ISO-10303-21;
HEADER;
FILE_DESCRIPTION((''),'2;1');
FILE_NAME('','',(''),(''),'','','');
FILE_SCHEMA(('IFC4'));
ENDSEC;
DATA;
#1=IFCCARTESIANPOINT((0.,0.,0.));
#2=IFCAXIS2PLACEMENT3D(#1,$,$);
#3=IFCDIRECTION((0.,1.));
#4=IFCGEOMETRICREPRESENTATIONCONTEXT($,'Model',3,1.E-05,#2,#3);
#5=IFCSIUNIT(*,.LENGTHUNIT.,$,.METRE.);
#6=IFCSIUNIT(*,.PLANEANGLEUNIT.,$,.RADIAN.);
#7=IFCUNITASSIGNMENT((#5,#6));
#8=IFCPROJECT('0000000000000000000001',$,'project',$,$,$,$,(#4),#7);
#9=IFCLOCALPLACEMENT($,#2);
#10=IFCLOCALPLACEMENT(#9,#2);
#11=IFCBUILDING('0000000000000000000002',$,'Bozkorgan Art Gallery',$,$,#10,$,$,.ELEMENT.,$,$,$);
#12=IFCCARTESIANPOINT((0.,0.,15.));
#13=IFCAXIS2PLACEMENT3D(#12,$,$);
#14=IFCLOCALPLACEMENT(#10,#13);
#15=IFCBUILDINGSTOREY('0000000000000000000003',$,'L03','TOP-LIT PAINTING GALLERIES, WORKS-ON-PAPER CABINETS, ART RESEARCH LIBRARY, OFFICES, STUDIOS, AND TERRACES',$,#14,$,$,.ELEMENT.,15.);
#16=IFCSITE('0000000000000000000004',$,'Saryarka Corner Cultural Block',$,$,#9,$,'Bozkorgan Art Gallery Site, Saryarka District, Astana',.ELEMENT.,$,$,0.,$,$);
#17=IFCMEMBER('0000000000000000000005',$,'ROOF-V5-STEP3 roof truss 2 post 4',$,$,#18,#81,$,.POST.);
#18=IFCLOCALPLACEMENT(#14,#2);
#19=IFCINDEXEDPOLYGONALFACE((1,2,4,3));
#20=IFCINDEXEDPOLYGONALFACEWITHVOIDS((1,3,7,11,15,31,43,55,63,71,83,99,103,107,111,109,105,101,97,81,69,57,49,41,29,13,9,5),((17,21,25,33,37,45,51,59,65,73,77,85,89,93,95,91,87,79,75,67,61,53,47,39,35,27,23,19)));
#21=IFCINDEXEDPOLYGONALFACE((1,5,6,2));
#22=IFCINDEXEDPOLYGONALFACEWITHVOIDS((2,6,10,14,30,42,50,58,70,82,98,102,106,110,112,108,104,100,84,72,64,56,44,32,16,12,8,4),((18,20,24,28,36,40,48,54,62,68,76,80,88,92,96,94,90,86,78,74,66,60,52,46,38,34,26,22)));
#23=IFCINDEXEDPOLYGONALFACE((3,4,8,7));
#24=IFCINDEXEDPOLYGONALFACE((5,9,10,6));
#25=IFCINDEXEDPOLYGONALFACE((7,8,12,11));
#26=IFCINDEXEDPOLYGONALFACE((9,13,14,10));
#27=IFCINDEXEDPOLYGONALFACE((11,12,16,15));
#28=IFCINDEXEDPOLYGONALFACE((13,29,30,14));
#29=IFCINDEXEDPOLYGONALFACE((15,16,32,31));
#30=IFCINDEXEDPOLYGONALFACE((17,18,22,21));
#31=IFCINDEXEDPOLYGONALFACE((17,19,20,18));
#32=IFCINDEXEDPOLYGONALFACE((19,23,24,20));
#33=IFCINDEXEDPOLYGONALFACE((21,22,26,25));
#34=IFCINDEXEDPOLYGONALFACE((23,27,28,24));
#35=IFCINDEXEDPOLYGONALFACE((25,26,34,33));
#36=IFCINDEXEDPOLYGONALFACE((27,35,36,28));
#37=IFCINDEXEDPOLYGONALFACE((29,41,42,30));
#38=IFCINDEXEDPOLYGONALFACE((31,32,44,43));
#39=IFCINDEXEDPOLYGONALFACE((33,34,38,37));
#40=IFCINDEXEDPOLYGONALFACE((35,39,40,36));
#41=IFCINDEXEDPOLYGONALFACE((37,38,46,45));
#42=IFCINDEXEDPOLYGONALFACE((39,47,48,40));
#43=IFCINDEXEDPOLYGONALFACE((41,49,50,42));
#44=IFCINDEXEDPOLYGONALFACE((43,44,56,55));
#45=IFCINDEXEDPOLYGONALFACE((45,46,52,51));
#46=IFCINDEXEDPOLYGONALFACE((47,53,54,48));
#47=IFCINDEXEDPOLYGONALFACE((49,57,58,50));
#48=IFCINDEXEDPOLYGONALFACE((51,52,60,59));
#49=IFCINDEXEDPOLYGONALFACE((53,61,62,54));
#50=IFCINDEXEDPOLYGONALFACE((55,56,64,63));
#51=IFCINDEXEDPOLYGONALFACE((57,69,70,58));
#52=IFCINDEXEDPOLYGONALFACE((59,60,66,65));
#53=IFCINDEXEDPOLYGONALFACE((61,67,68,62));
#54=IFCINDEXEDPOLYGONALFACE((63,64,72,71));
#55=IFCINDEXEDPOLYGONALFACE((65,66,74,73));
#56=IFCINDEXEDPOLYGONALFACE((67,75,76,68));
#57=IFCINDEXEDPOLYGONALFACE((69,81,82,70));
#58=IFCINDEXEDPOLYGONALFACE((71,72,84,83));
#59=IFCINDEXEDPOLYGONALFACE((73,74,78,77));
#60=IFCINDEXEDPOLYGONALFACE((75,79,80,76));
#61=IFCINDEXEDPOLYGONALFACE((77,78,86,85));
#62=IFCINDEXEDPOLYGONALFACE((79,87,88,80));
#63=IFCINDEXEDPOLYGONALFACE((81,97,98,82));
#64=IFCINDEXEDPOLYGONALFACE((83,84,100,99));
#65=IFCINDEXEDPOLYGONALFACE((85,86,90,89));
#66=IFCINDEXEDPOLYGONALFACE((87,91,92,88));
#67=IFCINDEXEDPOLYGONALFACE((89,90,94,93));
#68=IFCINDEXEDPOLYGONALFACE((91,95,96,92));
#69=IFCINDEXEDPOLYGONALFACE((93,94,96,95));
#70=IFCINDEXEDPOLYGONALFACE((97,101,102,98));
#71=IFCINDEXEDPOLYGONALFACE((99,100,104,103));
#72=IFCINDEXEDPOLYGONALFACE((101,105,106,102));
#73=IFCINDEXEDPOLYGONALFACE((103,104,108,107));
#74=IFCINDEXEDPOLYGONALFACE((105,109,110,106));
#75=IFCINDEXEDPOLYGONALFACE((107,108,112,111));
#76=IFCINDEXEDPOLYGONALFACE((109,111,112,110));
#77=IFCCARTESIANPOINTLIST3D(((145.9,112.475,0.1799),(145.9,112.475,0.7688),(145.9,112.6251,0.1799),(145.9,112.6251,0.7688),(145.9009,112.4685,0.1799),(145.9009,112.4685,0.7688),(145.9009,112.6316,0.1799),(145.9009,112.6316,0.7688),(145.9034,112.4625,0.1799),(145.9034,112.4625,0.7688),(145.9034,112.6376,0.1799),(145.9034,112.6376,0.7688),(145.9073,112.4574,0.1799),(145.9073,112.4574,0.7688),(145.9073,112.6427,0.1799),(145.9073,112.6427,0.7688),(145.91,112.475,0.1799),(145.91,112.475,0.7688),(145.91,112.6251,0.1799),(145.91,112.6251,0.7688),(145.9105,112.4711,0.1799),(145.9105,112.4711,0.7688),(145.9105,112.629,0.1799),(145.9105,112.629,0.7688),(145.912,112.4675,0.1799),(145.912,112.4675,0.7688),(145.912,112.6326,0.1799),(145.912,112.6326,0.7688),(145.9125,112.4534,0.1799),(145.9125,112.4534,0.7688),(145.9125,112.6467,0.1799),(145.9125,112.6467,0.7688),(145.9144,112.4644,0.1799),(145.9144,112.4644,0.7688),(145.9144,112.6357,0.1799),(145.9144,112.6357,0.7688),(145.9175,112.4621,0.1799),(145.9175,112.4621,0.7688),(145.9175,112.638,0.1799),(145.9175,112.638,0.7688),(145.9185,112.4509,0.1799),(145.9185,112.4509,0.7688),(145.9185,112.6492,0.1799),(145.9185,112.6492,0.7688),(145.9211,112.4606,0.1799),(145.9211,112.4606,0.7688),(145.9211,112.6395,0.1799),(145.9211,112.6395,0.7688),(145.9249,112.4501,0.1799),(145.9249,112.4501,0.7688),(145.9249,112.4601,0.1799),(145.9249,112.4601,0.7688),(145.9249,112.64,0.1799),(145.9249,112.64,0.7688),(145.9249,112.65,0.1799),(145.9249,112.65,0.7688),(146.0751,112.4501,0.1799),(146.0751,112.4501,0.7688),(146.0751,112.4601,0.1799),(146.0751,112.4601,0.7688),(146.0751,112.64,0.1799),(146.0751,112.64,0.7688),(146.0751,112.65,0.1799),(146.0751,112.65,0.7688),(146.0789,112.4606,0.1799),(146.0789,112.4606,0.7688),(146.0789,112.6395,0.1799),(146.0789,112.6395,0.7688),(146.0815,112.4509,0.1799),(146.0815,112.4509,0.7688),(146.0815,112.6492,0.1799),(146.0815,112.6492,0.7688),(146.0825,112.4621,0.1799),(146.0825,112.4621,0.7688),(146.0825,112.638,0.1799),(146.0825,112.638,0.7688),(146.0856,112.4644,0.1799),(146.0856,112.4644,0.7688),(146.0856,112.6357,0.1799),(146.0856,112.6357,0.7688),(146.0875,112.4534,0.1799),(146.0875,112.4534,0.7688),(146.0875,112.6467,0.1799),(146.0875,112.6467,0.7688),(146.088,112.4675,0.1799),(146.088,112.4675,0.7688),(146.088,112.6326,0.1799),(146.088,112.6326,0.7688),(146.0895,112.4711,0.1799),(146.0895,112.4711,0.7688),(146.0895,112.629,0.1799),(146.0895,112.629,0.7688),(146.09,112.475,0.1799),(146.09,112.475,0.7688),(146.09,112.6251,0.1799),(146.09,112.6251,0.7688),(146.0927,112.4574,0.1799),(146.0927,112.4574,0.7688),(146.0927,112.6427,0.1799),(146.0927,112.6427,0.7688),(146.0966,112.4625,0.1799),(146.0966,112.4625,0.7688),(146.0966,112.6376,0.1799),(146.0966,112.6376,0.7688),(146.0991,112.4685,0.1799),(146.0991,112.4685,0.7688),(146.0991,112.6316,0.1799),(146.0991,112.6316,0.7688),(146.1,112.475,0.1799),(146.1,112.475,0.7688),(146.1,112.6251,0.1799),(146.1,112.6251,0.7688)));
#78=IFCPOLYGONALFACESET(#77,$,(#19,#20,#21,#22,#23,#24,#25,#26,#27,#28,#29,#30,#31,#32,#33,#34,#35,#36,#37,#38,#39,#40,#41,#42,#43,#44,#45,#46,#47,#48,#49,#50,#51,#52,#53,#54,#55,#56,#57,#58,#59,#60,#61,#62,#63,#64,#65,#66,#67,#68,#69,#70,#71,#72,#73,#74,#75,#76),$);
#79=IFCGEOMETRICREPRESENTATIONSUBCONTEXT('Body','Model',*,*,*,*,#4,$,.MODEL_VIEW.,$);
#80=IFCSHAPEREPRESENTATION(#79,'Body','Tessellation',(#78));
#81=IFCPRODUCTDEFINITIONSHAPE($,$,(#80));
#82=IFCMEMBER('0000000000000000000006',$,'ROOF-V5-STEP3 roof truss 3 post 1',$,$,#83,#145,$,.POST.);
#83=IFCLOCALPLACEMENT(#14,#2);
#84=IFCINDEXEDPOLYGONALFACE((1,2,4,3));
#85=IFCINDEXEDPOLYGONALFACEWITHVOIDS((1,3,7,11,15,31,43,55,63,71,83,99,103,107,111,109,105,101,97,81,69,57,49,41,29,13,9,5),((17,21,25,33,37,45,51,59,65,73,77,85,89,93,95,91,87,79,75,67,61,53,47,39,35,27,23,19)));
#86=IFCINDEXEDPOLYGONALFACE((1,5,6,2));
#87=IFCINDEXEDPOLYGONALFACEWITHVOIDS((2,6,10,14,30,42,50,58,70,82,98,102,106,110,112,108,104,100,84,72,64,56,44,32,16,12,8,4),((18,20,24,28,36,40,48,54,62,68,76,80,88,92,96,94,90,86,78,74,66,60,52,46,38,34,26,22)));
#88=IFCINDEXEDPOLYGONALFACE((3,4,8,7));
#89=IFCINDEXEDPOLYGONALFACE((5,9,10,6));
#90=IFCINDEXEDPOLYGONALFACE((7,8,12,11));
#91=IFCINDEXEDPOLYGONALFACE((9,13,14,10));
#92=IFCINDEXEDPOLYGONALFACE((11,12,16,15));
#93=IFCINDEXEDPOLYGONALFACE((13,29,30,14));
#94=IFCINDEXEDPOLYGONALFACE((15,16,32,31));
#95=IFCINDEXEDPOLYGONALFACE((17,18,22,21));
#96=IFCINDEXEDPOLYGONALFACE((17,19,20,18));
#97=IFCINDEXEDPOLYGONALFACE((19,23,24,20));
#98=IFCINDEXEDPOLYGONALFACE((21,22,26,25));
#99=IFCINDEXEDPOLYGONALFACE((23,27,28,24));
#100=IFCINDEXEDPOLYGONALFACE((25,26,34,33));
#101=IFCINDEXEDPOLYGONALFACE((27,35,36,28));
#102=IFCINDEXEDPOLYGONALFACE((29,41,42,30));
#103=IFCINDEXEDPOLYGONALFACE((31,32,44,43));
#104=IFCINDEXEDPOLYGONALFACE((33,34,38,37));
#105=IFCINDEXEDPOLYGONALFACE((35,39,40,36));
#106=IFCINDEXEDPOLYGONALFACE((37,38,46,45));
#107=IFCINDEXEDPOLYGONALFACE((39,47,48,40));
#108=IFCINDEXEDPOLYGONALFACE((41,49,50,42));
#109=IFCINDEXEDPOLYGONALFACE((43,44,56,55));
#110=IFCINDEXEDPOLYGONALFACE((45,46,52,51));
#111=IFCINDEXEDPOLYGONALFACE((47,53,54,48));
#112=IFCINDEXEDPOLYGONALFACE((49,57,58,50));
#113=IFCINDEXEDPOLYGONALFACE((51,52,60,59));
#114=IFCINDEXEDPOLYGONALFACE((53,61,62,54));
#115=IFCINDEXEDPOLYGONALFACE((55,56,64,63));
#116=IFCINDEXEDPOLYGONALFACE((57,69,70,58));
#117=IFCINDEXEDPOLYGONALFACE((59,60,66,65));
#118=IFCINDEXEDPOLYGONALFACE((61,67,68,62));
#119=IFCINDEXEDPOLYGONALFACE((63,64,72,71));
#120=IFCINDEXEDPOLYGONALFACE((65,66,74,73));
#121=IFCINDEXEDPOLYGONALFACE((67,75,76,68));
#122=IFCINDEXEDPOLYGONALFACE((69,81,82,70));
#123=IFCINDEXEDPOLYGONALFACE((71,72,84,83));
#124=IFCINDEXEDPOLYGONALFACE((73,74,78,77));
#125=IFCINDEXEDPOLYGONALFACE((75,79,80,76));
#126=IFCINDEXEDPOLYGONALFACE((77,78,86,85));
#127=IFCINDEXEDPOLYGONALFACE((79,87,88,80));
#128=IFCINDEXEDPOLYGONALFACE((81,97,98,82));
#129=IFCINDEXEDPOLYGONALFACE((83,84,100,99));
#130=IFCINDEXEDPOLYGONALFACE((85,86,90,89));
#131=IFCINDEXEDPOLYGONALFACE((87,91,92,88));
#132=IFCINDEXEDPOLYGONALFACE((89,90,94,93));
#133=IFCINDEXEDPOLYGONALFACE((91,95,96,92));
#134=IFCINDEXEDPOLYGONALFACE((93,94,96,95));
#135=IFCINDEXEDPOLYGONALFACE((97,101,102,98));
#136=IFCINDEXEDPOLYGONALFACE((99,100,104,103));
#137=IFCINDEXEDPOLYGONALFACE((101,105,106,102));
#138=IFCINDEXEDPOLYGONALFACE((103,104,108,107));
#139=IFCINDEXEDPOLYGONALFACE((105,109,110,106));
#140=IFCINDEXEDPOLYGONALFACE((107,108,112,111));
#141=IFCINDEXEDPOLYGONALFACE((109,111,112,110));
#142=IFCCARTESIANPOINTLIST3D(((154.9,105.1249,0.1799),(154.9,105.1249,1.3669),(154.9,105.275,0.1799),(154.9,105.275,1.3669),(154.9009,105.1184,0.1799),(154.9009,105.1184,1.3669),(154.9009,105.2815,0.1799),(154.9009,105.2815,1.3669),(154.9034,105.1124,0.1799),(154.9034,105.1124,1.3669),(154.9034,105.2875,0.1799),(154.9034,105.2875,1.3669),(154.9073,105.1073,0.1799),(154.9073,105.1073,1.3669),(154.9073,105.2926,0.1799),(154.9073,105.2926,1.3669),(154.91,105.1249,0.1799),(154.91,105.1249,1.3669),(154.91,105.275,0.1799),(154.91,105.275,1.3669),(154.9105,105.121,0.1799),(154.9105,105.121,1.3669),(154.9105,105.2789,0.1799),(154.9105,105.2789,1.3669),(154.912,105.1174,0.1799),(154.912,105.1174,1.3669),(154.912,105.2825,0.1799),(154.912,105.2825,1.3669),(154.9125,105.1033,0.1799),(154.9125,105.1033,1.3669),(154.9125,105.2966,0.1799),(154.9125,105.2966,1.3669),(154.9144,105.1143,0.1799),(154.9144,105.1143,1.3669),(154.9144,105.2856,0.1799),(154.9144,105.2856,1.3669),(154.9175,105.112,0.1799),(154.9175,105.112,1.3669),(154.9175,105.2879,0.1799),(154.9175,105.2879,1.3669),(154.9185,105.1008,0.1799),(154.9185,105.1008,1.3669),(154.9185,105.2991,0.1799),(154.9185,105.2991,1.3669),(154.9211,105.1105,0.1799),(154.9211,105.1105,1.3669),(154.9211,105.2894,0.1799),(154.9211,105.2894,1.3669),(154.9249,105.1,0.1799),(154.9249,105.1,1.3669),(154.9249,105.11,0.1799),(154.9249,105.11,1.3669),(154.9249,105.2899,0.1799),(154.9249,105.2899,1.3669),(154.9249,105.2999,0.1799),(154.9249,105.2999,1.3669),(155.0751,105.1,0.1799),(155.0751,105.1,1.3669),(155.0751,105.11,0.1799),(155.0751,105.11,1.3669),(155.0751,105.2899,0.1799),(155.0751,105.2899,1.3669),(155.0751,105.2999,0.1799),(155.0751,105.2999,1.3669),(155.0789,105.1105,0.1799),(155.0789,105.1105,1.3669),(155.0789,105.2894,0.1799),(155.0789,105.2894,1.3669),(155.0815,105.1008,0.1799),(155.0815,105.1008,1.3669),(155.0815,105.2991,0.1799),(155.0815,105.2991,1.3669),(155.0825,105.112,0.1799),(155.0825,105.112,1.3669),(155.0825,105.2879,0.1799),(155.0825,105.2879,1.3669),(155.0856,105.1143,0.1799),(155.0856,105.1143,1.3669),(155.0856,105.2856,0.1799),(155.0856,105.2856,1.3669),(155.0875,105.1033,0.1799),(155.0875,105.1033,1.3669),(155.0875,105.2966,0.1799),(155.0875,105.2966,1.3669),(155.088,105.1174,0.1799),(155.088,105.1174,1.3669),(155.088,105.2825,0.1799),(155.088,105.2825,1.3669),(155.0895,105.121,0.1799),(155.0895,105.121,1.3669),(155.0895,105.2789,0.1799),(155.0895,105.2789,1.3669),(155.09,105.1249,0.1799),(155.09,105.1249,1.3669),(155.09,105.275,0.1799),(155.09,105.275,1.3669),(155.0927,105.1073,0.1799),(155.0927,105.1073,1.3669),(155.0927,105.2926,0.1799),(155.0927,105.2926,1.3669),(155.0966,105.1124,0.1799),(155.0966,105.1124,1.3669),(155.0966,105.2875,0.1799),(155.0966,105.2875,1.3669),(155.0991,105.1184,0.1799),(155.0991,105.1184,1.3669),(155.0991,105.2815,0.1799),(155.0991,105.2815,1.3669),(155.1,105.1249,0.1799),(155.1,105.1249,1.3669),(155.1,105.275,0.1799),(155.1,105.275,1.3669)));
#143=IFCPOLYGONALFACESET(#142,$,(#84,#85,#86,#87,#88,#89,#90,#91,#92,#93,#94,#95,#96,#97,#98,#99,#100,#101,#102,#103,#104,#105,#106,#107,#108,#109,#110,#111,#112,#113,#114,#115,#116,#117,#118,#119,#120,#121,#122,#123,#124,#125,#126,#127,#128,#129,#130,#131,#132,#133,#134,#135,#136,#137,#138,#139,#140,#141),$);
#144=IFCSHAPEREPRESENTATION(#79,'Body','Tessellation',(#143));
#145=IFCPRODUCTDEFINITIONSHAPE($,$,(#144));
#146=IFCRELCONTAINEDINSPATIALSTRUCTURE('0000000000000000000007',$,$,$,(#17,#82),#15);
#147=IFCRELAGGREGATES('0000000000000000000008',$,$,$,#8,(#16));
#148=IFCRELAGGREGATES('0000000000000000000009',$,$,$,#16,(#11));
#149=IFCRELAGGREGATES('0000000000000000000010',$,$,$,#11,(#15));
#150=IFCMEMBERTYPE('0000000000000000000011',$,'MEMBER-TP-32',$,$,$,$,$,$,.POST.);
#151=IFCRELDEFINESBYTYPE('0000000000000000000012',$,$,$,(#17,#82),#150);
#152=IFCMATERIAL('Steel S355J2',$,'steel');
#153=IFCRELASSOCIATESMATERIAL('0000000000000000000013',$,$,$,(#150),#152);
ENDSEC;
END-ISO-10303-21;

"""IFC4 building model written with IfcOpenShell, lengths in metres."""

from ifc_helpers import new_model, si_unit, direction, frame, origin, origin_2d, place, context, subcontext, project, spatial, hollow_rectangle, extrude, material, material_profile, profile_set, type_object, element, save


model = new_model("IFC4")

# Units and contexts
model_context = context("Model", 3, precision=1e-05, world=origin(), true_north=direction((0.0, 1.0)))
body_context = subcontext(model_context, "Body", "Model", "MODEL_VIEW")
ifc_project = project(units=[si_unit("LENGTHUNIT", "METRE"), si_unit("PLANEANGLEUNIT", "RADIAN")], contexts=[model_context])

# Site, building, storey
site_placement = place(None, origin())
site = spatial("IfcSite", under=ifc_project, at=site_placement, Name="Saryarka Corner Cultural Block", LongName="Bozkorgan Art Gallery Site, Saryarka District, Astana", CompositionType="ELEMENT", RefElevation=0.0)
building_placement = place(site_placement, origin())
building = spatial("IfcBuilding", under=site, at=building_placement, Name="Bozkorgan Art Gallery", CompositionType="ELEMENT")
storey_placement = place(building_placement, frame((0.0, 0.0, 15.0)))
storey = spatial("IfcBuildingStorey", under=building, at=storey_placement, Name="L03", Description="TOP-LIT PAINTING GALLERIES, WORKS-ON-PAPER CABINETS, ART RESEARCH LIBRARY, OFFICES, STUDIOS, AND TERRACES", CompositionType="ELEMENT", Elevation=15.0)

# Shared definitions
ifc_material_1 = material(Name="Steel S355J2", Category="steel")

# Members
ifc_material_profile_1 = material_profile(ifc_material_1, hollow_rectangle(XDim=0.2, YDim=0.2, WallThickness=0.01, InnerFilletRadius=0.0149, OuterFilletRadius=0.0249, at=origin_2d()), Name="SHS 200x200x10")
ifc_profile_set_1 = profile_set([ifc_material_profile_1], Name="Steel S355J2")
member_type_1 = type_object("IfcMemberType", Name="MEMBER-TP-32", PredefinedType="POST", material=ifc_profile_set_1)
member_1_placement = place(storey_placement, frame((146.0, 112.55, 0.1799), z_axis=(0.0, 0.0, 1.0), x_axis=(1.0, 0.0, 0.0)))
element("IfcMember", 1, at=member_1_placement, inside=storey, type_object=member_type_1, Name="ROOF-V5-STEP3 roof truss 2 post 4", PredefinedType="POST", context=body_context, shape_type="SweptSolid", body=[
    extrude(hollow_rectangle(XDim=0.2, YDim=0.2, WallThickness=0.01, InnerFilletRadius=0.0149, OuterFilletRadius=0.0249, at=origin_2d()), origin(), (0.0, 0.0, 1.0), 0.5889),
])
member_2_placement = place(storey_placement, frame((155.0, 105.2, 0.1799), z_axis=(0.0, 0.0, 1.0), x_axis=(1.0, 0.0, 0.0)))
element("IfcMember", 2, at=member_2_placement, inside=storey, type_object=member_type_1, Name="ROOF-V5-STEP3 roof truss 3 post 1", PredefinedType="POST", context=body_context, shape_type="SweptSolid", body=[
    extrude(hollow_rectangle(XDim=0.2, YDim=0.2, WallThickness=0.01, InnerFilletRadius=0.0149, OuterFilletRadius=0.0249, at=origin_2d()), origin(), (0.0, 0.0, 1.0), 1.187),
])

save(model, "model.ifc")
